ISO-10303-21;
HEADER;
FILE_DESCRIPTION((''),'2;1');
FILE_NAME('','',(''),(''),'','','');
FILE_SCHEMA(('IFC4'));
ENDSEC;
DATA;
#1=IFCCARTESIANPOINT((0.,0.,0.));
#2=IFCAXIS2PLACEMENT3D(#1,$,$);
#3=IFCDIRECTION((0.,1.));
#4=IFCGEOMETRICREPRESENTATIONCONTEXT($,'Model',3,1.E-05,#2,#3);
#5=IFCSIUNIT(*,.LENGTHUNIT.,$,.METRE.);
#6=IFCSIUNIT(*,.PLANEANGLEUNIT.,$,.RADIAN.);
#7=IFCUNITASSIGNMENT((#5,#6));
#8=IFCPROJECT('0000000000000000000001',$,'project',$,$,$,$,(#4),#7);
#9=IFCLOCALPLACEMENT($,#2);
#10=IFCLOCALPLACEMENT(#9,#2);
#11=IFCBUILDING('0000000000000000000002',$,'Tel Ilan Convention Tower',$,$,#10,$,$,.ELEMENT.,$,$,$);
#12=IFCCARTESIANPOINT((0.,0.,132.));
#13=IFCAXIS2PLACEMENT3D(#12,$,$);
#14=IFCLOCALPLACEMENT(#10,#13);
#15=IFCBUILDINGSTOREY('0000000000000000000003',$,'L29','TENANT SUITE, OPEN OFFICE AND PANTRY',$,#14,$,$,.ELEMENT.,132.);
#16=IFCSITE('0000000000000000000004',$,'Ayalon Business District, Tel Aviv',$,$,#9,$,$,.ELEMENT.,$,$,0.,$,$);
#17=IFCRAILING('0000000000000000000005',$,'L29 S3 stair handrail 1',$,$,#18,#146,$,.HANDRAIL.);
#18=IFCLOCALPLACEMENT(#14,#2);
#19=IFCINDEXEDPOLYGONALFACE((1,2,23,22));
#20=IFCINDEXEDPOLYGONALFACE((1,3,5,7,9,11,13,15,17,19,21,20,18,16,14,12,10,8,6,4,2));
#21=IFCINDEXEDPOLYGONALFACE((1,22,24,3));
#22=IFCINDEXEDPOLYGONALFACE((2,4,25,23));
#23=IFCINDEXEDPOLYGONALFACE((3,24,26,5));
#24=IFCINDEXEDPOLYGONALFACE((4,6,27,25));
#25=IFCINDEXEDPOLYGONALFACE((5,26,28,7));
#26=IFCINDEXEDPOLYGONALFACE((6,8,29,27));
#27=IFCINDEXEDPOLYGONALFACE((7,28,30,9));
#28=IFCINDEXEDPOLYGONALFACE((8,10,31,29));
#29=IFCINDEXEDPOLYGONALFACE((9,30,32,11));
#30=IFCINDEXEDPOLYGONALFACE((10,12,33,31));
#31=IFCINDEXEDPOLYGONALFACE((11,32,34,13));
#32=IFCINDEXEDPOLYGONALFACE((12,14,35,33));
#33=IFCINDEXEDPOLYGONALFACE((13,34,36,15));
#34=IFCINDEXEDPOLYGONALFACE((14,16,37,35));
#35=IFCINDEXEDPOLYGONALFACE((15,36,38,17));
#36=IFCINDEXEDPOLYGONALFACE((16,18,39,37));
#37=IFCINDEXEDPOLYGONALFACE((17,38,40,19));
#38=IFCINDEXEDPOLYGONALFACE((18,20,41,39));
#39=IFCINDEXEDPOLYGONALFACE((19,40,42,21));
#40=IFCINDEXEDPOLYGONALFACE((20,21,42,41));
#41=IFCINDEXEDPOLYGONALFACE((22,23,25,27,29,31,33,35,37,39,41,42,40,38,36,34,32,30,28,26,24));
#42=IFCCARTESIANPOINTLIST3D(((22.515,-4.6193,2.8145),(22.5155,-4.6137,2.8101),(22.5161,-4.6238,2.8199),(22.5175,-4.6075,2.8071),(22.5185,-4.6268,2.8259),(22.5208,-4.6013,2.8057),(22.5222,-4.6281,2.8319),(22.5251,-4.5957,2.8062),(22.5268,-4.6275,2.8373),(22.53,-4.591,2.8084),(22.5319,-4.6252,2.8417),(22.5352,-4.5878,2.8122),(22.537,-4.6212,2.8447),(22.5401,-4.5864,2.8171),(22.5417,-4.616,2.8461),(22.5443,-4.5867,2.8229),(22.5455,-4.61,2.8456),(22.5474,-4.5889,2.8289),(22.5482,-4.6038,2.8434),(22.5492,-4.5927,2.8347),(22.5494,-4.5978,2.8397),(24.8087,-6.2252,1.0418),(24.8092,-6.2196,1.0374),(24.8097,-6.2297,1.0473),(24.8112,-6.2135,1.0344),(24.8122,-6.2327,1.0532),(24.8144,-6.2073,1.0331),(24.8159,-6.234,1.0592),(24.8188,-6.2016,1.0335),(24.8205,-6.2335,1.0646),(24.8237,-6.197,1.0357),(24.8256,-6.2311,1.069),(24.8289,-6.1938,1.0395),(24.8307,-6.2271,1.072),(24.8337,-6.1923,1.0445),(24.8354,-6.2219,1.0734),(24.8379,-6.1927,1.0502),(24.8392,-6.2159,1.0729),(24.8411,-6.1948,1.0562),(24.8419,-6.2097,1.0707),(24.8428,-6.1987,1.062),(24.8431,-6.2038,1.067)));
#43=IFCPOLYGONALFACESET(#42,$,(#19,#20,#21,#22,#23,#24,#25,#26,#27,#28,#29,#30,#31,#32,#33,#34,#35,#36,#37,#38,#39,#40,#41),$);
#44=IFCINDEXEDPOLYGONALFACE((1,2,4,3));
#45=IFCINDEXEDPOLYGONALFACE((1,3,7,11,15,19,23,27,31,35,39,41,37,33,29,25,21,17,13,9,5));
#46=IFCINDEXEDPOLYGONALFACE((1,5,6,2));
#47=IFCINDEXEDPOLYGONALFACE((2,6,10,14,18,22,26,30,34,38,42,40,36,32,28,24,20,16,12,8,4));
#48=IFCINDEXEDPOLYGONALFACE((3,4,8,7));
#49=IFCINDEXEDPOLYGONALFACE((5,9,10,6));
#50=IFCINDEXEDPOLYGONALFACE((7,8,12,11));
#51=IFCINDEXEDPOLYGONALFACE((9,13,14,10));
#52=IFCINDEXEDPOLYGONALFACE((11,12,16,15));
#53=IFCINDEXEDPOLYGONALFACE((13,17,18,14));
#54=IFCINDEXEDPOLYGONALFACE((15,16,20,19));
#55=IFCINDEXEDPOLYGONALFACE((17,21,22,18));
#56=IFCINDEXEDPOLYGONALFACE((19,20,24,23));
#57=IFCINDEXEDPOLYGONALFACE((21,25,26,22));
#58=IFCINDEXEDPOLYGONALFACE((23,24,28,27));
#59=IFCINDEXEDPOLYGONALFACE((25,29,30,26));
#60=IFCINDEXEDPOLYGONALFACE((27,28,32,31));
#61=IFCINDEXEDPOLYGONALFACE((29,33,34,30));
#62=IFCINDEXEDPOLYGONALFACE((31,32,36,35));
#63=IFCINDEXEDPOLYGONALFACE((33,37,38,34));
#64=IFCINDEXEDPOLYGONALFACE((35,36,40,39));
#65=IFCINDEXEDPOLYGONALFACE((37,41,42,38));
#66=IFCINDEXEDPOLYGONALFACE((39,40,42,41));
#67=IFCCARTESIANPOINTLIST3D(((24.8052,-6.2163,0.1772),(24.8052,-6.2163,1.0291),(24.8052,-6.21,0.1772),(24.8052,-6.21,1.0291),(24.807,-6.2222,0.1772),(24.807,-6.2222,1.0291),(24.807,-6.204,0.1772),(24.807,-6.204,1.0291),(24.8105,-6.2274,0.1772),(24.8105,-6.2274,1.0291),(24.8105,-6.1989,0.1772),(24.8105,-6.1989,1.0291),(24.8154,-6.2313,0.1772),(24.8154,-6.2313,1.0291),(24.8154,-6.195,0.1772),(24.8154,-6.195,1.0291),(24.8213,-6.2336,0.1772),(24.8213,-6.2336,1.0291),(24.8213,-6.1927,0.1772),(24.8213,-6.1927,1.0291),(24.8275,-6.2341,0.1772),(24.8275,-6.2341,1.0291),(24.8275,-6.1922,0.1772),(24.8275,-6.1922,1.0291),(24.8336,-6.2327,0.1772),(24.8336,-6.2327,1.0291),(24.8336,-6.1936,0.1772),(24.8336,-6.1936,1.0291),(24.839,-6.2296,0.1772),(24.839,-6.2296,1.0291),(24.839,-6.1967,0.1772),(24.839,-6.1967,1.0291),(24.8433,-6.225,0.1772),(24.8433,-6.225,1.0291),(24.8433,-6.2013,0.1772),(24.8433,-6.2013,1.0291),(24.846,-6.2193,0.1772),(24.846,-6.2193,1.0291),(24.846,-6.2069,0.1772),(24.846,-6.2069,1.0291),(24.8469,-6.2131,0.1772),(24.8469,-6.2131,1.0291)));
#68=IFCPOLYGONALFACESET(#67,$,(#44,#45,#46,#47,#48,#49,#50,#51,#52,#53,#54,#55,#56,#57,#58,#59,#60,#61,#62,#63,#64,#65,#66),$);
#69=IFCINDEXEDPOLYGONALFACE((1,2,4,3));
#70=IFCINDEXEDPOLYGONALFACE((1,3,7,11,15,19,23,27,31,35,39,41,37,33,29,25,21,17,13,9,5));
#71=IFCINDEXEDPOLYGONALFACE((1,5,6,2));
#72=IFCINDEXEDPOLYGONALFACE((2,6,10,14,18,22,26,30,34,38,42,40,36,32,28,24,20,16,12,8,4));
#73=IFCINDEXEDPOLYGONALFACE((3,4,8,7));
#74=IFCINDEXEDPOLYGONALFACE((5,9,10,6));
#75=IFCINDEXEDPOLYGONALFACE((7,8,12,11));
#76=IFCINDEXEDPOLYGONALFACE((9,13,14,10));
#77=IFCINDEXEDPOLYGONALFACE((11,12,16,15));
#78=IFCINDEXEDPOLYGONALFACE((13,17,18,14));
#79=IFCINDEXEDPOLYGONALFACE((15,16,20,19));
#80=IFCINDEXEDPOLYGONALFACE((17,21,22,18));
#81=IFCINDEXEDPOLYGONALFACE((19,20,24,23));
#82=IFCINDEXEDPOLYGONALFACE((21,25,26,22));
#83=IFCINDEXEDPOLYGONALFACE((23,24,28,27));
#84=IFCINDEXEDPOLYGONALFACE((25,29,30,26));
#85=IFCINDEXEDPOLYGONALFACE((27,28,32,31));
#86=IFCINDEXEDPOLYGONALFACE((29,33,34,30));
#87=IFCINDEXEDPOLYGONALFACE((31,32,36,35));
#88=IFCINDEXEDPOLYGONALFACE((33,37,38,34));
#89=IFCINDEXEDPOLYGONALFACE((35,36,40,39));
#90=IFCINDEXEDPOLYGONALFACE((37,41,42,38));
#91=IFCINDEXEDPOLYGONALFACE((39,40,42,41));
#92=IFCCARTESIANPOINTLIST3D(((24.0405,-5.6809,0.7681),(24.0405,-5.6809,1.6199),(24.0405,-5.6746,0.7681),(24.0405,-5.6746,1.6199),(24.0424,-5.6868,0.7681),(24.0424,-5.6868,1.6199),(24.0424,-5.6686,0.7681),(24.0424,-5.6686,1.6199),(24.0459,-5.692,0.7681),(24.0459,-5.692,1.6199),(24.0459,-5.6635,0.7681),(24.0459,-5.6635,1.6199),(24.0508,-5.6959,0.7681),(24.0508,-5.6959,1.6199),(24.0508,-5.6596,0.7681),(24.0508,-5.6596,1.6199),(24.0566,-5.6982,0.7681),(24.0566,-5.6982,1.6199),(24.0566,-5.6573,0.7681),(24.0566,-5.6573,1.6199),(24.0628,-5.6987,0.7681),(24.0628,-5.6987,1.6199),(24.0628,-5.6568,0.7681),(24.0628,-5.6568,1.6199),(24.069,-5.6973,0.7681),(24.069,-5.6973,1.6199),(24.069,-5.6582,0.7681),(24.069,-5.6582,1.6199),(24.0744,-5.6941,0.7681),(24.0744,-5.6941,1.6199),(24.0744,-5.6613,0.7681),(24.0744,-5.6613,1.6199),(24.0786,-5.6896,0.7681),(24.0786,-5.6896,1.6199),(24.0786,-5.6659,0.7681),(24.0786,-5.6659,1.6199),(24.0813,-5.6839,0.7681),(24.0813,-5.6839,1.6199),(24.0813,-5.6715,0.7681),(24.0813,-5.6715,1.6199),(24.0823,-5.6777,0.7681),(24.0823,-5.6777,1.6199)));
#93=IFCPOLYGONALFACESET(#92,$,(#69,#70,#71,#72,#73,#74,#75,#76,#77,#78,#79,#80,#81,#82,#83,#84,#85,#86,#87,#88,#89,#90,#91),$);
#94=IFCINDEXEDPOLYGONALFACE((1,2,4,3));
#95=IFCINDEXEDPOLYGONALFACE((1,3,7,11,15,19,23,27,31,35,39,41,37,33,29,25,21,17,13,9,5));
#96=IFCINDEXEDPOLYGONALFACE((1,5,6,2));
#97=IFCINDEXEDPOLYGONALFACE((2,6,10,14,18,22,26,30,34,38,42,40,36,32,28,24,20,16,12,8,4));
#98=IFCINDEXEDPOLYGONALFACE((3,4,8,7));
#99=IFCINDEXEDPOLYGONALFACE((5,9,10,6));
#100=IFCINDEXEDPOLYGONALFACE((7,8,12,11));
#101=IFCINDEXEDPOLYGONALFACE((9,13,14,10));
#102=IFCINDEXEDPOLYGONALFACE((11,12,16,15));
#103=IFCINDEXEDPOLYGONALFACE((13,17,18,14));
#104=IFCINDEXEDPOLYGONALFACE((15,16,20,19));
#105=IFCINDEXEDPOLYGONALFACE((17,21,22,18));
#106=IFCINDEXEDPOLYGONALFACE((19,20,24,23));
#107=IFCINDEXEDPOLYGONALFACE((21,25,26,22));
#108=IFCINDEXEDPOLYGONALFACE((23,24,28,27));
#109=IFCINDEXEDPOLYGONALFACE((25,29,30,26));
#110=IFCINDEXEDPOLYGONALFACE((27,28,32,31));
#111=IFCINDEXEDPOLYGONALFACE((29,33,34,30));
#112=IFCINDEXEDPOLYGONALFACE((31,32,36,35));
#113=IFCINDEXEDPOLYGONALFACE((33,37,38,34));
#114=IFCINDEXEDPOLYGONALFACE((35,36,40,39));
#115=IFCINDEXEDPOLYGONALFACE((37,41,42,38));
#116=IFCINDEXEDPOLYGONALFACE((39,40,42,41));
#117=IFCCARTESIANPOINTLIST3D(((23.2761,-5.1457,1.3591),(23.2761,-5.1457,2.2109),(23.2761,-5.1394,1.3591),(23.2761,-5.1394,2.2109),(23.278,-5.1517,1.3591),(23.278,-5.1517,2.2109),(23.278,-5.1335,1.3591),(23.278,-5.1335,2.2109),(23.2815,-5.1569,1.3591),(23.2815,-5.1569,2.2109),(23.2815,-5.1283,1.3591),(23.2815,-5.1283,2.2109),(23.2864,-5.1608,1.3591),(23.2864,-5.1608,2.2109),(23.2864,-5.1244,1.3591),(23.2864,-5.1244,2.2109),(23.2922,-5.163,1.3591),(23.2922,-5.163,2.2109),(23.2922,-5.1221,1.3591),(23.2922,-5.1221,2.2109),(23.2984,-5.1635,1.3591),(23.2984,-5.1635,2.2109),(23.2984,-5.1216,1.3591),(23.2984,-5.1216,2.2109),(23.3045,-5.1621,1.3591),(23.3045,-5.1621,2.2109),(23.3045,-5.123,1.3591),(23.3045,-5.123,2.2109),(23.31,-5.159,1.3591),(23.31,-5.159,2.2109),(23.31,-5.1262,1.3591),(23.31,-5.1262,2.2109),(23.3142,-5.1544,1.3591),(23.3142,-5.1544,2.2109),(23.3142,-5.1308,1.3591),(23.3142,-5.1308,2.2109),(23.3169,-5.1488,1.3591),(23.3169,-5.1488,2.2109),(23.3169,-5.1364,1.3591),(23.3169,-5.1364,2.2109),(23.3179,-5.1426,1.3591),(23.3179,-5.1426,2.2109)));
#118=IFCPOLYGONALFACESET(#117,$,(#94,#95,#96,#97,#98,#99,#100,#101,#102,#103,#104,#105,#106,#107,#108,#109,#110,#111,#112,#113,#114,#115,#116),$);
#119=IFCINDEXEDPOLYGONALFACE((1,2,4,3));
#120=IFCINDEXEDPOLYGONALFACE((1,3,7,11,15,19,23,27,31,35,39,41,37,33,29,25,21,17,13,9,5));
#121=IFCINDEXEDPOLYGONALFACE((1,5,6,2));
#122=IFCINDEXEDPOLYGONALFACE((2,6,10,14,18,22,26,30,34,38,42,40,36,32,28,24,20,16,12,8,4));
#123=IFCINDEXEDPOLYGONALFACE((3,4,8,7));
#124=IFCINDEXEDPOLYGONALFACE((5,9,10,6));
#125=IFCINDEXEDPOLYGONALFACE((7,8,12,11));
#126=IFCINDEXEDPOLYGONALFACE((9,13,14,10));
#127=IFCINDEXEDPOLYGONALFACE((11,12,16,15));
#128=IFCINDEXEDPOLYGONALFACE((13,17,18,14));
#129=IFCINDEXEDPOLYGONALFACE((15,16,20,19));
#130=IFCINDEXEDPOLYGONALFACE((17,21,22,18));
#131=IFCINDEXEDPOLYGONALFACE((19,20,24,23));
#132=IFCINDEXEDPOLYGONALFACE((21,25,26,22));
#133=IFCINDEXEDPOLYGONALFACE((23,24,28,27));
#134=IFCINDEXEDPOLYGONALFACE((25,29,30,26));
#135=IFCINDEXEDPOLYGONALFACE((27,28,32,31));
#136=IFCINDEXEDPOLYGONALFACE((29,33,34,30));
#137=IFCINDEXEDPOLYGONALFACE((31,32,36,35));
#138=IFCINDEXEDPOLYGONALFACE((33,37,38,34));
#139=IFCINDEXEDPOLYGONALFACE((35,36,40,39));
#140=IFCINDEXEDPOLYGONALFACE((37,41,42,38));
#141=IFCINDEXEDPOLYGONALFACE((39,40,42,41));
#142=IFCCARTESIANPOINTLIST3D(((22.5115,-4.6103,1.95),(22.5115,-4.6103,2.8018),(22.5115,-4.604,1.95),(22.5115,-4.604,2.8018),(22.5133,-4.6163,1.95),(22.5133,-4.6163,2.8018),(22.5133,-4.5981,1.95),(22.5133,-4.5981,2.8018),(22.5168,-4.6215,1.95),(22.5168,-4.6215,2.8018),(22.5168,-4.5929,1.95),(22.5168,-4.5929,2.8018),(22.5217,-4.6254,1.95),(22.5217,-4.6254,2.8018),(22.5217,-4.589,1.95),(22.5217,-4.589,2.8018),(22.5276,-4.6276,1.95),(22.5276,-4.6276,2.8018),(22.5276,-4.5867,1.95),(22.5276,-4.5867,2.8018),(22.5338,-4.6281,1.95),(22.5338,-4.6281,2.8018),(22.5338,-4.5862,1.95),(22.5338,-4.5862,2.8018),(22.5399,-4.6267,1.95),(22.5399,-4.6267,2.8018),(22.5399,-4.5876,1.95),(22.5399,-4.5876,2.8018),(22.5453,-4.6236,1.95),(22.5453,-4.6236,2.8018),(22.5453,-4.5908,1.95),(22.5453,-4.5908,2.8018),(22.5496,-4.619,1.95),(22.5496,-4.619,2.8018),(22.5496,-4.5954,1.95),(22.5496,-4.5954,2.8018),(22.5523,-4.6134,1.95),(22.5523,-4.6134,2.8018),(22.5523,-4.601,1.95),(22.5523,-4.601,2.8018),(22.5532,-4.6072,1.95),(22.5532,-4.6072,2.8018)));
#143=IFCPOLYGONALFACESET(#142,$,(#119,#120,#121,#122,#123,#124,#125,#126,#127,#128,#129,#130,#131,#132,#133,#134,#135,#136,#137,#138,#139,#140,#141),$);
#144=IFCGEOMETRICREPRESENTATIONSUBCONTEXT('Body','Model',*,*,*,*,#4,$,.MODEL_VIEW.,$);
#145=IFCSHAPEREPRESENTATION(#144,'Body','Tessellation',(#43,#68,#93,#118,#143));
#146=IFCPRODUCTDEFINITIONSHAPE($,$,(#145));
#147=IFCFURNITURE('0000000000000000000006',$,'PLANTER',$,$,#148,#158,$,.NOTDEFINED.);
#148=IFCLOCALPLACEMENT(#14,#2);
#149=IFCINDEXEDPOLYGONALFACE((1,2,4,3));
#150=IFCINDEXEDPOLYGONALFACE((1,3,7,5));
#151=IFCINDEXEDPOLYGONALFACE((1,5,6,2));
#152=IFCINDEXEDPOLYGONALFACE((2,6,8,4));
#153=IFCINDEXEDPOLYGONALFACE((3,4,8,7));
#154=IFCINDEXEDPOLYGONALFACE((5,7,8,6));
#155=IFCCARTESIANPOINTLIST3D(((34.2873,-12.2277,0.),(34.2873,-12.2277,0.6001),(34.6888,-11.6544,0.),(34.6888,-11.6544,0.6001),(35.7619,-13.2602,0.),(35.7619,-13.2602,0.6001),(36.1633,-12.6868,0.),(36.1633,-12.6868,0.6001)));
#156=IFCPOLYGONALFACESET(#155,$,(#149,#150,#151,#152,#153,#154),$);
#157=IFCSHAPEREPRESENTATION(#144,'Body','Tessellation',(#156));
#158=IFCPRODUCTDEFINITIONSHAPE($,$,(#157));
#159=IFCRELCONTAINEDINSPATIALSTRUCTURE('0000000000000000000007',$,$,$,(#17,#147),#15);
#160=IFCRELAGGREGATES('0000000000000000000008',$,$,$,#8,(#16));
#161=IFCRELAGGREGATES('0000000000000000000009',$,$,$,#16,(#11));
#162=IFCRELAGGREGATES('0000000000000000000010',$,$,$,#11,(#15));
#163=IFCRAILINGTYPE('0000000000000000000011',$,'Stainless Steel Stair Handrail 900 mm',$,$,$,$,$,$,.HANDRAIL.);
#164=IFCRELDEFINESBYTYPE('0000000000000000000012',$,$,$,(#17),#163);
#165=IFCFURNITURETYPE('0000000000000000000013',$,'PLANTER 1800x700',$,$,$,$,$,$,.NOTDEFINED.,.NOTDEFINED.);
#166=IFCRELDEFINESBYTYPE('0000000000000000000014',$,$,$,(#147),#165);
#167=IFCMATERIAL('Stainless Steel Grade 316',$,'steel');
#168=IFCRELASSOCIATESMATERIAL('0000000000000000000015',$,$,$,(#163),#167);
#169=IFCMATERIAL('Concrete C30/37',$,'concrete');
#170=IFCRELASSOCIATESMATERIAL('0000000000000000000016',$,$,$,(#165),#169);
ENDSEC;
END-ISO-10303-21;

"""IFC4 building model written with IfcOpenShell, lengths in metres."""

from ifc_helpers import new_model, si_unit, direction, frame, origin, origin_2d, place, context, subcontext, project, spatial, rectangle, circle, extrude, material, type_object, element, save


model = new_model("IFC4")

# Units and contexts
model_context = context("Model", 3, precision=1e-05, world=origin(), true_north=direction((0.0, 1.0)))
body_context = subcontext(model_context, "Body", "Model", "MODEL_VIEW")
ifc_project = project(units=[si_unit("LENGTHUNIT", "METRE"), si_unit("PLANEANGLEUNIT", "RADIAN")], contexts=[model_context])

# Site, building, storey
site_placement = place(None, origin())
site = spatial("IfcSite", under=ifc_project, at=site_placement, Name="Ayalon Business District, Tel Aviv", CompositionType="ELEMENT", RefElevation=0.0)
building_placement = place(site_placement, origin())
building = spatial("IfcBuilding", under=site, at=building_placement, Name="Tel Ilan Convention Tower", CompositionType="ELEMENT")
storey_placement = place(building_placement, frame((0.0, 0.0, 132.0)))
storey = spatial("IfcBuildingStorey", under=building, at=storey_placement, Name="L29", Description="TENANT SUITE, OPEN OFFICE AND PANTRY", CompositionType="ELEMENT", Elevation=132.0)

# Railing
ifc_material_1 = material(Name="Stainless Steel Grade 316", Category="steel")
railing_type_1 = type_object("IfcRailingType", Name="Stainless Steel Stair Handrail 900 mm", PredefinedType="HANDRAIL", material=ifc_material_1)
railing_1_placement = place(storey_placement, frame((24.8259, -6.2131, 0.1772)))
element("IfcRailing", 1, at=railing_1_placement, inside=storey, type_object=railing_type_1, Name="L29 S3 stair handrail 1", PredefinedType="HANDRAIL", context=body_context, shape_type="SweptSolid", body=[
    extrude(circle(Radius=0.0239, at=origin_2d()), frame((0.0, 0.0, 0.876), z_axis=(-0.692123, 0.484597, 0.534913), x_axis=(-0.57355, -0.81917, 0.0)), (0.0, 0.0, 1.0), 3.314),
    extrude(circle(Radius=0.021, at=origin_2d()), origin(), (0.0, 0.0, 1.0), 0.8518),
    extrude(circle(Radius=0.021, at=origin_2d()), frame((-0.7646, 0.5354, 0.5908)), (0.0, 0.0, 1.0), 0.8518),
    extrude(circle(Radius=0.021, at=origin_2d()), frame((-1.5291, 1.0706, 1.1819)), (0.0, 0.0, 1.0), 0.8518),
    extrude(circle(Radius=0.021, at=origin_2d()), frame((-2.2937, 1.606, 1.7727)), (0.0, 0.0, 1.0), 0.8518),
])

# Furniture
ifc_material_2 = material(Name="Concrete C30/37", Category="concrete")
furniture_type = type_object("IfcFurnitureType", Name="PLANTER 1800x700", AssemblyPlace="NOTDEFINED", PredefinedType="NOTDEFINED", material=ifc_material_2)
furniture_placement = place(storey_placement, frame((35.2253, -12.4573, 0.0), z_axis=(0.0, 0.0, 1.0), x_axis=(0.819152, -0.573576, 0.0)))
element("IfcFurniture", 2, at=furniture_placement, inside=storey, type_object=furniture_type, Name="PLANTER", PredefinedType="NOTDEFINED", context=body_context, shape_type="SweptSolid", body=[
    extrude(rectangle(XDim=1.8, YDim=0.7, at=origin_2d()), origin(), (0.0, 0.0, 1.0), 0.6001),
])

save(model, "model.ifc")
